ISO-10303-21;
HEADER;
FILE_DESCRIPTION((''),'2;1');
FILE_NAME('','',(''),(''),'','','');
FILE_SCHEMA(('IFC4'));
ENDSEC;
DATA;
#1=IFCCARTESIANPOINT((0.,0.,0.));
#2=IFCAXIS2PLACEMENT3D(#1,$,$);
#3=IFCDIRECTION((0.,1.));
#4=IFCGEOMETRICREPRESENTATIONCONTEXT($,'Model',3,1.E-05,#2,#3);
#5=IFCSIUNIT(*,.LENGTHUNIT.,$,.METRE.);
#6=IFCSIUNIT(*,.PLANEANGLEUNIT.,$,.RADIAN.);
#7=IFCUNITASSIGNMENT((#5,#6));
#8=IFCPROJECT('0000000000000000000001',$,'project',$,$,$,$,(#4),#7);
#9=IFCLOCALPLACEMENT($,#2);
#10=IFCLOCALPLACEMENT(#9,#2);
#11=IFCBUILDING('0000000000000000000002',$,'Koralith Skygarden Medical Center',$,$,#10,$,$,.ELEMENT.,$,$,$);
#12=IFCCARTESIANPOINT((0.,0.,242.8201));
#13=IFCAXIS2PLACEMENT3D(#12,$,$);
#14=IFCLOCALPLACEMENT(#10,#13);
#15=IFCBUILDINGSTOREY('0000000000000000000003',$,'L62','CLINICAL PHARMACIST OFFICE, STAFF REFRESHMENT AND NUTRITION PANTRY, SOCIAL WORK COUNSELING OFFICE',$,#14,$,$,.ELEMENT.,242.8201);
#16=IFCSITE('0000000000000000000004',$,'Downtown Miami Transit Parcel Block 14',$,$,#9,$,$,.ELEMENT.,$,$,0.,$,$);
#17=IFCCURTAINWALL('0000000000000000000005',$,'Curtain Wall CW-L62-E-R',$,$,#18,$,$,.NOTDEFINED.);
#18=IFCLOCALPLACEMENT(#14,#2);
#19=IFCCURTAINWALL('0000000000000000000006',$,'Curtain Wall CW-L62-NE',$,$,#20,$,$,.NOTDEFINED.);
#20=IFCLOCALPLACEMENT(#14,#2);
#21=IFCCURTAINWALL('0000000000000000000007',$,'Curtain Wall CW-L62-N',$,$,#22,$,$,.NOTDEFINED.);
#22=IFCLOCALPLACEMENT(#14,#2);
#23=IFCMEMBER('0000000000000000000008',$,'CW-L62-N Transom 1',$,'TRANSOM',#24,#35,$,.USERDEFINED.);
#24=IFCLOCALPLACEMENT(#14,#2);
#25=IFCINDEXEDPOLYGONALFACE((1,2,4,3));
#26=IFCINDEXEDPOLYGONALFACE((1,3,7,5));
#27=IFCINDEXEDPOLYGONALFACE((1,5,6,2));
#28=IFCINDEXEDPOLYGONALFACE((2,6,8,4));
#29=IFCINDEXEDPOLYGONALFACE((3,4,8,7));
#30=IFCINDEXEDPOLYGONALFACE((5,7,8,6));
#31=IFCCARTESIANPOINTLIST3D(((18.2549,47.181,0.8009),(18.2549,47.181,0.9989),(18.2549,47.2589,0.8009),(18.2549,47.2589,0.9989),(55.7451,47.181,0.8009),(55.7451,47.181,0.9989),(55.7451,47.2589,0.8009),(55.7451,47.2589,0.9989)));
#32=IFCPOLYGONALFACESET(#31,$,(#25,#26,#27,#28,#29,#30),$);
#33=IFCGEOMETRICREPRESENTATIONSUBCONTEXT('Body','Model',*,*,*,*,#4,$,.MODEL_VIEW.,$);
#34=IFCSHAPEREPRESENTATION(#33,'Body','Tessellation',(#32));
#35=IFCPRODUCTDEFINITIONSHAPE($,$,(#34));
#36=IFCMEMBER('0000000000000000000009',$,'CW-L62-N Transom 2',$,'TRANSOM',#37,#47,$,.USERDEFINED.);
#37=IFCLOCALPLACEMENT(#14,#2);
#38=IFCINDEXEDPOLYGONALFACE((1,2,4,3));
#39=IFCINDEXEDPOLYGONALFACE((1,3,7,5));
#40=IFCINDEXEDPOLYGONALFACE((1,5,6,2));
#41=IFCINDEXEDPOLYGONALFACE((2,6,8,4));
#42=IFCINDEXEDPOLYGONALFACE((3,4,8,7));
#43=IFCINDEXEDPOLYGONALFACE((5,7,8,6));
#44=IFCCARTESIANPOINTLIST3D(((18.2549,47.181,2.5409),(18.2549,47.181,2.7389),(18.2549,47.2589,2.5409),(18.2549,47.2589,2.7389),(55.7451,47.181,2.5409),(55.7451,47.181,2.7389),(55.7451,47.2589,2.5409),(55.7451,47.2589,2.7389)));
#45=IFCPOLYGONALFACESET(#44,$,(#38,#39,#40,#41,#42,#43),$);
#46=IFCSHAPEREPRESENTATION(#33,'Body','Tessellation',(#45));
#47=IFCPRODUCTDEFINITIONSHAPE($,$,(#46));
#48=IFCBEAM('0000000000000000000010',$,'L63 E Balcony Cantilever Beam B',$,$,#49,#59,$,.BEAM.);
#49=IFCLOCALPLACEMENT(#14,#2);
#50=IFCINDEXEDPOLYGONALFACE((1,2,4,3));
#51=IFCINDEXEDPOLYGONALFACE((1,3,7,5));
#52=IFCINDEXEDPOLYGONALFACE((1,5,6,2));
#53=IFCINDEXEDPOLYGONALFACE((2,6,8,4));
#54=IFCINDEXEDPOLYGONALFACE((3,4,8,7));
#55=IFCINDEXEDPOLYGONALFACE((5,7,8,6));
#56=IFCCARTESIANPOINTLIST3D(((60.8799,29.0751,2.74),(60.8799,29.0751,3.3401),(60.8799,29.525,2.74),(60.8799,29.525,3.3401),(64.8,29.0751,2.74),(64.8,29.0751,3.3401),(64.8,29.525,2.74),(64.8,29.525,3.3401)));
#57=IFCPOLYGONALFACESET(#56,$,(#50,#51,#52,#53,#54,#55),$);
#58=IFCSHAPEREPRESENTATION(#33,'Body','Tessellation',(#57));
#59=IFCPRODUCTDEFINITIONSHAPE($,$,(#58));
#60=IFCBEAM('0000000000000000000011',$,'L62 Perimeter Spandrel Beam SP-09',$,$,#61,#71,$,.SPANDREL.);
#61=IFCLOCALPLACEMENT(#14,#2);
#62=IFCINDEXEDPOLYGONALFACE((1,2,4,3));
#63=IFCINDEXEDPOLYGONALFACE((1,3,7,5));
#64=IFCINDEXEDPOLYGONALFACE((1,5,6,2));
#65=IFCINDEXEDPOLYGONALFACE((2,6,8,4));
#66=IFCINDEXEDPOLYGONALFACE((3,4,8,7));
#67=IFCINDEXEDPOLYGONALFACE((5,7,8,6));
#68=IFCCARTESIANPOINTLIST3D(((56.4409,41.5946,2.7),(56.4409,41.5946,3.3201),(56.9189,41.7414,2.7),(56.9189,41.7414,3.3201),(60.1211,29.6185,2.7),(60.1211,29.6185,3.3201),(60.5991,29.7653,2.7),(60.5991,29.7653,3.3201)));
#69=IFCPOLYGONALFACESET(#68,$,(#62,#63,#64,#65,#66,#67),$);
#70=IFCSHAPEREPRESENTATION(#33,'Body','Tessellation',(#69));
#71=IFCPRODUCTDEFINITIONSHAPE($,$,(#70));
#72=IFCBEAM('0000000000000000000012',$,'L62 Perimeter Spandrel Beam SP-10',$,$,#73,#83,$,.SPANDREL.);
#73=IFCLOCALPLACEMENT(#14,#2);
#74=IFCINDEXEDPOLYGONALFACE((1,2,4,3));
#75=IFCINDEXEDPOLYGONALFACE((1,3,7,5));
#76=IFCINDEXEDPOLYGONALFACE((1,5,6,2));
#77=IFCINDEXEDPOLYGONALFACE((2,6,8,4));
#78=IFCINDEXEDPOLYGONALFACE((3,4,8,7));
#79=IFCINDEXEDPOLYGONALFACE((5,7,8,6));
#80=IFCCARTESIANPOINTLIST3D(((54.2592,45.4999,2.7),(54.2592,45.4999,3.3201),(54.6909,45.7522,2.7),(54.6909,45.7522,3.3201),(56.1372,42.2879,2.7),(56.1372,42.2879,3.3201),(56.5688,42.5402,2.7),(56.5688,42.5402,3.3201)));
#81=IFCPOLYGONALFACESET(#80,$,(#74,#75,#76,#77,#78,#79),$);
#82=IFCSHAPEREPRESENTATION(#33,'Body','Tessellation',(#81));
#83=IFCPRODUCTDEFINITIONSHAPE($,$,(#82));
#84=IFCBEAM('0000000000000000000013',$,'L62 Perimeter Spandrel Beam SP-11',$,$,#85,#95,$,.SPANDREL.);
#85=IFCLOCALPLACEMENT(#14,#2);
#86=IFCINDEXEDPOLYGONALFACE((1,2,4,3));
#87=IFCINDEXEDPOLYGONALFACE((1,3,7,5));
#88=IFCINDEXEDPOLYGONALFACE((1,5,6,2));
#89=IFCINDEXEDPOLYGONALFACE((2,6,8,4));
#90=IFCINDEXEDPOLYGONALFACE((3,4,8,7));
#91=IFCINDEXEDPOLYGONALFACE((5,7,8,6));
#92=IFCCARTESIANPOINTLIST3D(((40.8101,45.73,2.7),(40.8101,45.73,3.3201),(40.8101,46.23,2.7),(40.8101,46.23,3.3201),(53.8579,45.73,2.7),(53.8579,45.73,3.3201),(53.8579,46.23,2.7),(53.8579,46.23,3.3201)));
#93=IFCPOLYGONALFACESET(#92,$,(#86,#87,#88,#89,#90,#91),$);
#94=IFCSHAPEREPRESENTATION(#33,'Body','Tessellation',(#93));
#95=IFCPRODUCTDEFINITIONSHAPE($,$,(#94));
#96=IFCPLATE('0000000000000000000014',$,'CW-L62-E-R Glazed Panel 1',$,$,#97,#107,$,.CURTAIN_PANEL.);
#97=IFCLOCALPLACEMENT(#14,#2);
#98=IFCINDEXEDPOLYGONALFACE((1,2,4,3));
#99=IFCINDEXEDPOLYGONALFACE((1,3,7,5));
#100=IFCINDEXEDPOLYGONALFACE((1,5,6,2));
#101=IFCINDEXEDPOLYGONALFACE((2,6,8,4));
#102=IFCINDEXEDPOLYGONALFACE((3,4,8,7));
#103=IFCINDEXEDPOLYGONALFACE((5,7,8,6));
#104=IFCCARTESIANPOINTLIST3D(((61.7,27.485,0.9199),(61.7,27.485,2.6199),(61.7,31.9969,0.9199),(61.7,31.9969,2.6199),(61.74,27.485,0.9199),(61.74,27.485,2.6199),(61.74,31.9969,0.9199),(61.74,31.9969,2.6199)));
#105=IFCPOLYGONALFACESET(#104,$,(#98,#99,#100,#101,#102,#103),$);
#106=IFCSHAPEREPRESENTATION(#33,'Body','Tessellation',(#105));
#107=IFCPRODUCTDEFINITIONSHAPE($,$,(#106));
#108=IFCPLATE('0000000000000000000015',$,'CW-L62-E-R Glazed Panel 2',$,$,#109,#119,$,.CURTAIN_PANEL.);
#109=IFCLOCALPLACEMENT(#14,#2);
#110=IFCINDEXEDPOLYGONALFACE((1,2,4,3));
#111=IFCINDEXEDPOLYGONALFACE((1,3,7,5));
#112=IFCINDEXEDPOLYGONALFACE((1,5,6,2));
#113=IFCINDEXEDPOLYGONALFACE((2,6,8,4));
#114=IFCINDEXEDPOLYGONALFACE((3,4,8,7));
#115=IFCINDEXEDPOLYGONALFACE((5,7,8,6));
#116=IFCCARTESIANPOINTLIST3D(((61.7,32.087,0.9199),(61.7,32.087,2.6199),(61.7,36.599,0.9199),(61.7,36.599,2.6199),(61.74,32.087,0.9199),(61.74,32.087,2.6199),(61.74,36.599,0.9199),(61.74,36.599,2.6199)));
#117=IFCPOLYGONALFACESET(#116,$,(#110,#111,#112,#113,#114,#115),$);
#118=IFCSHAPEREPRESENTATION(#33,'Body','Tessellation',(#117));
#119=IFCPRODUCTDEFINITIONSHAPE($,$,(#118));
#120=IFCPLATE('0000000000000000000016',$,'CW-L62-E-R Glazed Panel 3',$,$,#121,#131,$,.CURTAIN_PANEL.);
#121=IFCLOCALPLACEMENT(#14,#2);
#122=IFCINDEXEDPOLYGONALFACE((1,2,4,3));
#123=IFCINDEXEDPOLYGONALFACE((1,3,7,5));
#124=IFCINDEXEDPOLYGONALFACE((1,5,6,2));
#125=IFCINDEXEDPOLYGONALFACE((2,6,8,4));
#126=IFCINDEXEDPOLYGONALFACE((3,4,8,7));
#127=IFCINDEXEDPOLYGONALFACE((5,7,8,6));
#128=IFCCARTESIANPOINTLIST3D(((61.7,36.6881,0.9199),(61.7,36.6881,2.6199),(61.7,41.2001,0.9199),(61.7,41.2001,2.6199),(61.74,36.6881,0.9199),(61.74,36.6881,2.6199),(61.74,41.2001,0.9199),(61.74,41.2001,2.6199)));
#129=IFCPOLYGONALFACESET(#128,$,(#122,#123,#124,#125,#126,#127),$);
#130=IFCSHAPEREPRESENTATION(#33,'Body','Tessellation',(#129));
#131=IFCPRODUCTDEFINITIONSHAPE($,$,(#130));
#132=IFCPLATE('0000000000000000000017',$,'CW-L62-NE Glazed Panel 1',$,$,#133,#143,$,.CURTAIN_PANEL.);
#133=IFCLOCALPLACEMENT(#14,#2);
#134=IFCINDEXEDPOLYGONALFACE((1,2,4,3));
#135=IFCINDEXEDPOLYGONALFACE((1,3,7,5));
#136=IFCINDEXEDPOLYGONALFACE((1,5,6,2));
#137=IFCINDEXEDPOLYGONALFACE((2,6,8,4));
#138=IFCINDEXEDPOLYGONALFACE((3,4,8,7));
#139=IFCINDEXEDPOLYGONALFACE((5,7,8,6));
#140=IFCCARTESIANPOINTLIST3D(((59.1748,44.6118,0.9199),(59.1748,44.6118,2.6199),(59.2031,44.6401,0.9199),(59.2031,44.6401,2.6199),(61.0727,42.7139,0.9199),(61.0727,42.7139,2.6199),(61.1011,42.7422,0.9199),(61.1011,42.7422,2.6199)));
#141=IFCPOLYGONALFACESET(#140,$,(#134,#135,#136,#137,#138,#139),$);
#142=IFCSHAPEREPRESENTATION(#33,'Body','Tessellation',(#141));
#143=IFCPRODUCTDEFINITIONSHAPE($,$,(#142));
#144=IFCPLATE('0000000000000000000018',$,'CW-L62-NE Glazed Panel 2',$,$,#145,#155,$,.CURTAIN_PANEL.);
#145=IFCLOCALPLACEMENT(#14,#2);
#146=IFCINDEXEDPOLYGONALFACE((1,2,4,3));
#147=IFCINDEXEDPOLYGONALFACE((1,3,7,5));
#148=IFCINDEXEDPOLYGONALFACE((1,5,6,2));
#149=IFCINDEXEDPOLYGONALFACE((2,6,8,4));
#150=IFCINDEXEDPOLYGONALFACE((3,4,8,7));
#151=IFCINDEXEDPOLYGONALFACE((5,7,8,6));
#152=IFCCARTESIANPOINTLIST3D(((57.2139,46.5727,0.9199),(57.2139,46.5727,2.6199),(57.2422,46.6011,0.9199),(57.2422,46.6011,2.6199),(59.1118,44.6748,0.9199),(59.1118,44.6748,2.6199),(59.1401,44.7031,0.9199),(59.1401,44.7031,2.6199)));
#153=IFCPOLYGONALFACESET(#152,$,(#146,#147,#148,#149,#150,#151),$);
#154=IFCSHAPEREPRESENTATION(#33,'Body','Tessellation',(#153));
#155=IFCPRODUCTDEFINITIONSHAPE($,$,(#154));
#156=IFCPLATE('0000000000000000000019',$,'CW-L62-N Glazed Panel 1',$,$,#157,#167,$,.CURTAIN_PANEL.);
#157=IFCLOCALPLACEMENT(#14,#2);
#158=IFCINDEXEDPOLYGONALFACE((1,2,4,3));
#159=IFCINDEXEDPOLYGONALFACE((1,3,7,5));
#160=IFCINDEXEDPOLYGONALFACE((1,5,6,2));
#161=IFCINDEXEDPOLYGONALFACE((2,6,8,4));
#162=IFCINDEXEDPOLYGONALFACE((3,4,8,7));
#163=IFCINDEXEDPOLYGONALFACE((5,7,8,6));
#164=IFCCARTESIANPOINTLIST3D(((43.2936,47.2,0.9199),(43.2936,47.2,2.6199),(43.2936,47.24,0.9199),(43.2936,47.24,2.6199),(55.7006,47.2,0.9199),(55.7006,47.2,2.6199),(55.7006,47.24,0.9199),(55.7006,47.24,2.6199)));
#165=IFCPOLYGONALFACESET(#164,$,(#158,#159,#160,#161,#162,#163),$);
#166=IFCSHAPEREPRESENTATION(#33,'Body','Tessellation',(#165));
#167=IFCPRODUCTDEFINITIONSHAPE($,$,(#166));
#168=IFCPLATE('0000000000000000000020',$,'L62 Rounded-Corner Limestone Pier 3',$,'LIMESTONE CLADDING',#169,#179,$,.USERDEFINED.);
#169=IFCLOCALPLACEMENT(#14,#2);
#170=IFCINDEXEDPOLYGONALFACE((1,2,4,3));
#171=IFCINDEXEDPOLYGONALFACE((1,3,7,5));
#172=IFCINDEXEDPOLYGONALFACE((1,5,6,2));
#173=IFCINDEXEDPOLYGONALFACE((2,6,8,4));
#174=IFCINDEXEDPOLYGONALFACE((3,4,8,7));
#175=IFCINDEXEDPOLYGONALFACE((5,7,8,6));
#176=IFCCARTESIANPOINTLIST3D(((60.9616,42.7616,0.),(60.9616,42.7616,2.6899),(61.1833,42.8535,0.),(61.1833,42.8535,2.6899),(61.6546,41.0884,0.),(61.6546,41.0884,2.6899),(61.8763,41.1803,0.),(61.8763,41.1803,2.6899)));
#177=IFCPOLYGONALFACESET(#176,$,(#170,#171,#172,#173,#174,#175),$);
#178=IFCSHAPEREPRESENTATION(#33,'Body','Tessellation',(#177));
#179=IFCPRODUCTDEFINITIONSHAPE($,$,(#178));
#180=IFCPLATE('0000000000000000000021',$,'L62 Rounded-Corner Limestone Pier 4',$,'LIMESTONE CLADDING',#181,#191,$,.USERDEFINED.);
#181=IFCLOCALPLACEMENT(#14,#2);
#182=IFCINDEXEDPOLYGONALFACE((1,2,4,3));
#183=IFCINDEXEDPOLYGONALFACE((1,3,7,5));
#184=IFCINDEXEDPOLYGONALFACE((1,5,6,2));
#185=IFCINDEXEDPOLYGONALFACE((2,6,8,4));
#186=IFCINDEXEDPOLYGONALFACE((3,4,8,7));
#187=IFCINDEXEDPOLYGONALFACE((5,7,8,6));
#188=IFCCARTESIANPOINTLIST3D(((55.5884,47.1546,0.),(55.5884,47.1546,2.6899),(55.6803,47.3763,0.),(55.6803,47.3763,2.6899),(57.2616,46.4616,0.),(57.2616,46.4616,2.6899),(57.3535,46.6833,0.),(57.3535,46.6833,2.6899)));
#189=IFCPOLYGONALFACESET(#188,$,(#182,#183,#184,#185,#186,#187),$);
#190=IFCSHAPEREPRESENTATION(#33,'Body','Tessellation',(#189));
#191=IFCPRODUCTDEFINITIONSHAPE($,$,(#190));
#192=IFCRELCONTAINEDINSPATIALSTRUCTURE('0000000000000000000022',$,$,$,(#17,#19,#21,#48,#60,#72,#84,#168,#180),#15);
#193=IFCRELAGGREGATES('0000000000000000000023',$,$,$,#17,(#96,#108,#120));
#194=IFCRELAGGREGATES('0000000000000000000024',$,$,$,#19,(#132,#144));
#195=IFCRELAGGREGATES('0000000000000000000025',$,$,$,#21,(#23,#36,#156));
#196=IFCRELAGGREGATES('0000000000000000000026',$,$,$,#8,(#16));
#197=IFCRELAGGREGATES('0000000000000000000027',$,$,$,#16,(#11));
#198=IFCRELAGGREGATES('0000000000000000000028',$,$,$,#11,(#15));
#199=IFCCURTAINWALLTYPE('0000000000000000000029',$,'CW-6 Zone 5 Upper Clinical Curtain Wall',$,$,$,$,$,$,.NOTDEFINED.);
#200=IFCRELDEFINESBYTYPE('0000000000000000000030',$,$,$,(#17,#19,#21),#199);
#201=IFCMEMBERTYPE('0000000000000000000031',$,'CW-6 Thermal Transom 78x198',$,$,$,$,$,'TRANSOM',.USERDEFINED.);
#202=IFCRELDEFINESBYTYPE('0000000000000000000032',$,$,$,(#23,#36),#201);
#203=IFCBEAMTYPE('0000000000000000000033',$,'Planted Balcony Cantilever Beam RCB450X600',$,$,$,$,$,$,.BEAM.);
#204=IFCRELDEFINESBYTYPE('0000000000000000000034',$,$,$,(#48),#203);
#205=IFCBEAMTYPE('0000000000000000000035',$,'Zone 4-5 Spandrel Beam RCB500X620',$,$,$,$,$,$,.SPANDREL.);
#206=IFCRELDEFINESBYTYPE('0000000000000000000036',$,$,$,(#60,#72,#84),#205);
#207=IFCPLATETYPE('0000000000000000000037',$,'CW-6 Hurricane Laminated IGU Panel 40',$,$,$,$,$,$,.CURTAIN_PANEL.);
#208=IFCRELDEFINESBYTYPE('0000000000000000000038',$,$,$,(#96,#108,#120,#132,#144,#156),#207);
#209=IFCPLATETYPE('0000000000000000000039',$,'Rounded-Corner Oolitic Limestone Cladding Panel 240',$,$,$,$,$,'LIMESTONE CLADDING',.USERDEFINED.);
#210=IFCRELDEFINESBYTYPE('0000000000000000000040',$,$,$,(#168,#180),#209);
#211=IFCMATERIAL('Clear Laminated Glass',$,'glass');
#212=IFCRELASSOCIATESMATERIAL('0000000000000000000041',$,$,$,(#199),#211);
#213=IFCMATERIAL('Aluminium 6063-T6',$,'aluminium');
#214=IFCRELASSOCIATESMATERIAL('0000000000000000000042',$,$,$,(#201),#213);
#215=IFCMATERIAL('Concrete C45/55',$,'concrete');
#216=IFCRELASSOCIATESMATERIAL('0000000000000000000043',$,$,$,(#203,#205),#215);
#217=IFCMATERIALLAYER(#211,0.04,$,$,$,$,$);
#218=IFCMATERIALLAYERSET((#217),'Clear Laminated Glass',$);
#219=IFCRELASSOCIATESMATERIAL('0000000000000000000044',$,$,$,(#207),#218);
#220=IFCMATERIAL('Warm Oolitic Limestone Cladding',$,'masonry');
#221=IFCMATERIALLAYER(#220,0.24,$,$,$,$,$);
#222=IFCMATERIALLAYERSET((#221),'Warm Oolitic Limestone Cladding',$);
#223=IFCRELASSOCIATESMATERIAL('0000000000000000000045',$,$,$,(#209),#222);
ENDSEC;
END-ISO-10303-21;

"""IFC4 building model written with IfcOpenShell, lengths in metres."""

from ifc_helpers import new_model, si_unit, direction, frame, origin, origin_2d, place, context, subcontext, project, spatial, rectangle, extrude, material, layer, layer_set, material_profile, profile_set, type_object, element, aggregate, save


model = new_model("IFC4")

# Units and contexts
model_context = context("Model", 3, precision=1e-05, world=origin(), true_north=direction((0.0, 1.0)))
body_context = subcontext(model_context, "Body", "Model", "MODEL_VIEW")
ifc_project = project(units=[si_unit("LENGTHUNIT", "METRE"), si_unit("PLANEANGLEUNIT", "RADIAN")], contexts=[model_context])

# Site, building, storey
site_placement = place(None, origin())
site = spatial("IfcSite", under=ifc_project, at=site_placement, Name="Downtown Miami Transit Parcel Block 14", CompositionType="ELEMENT", RefElevation=0.0)
building_placement = place(site_placement, origin())
building = spatial("IfcBuilding", under=site, at=building_placement, Name="Koralith Skygarden Medical Center", CompositionType="ELEMENT")
storey_placement = place(building_placement, frame((0.0, 0.0, 242.8201)))
storey = spatial("IfcBuildingStorey", under=building, at=storey_placement, Name="L62", Description="CLINICAL PHARMACIST OFFICE, STAFF REFRESHMENT AND NUTRITION PANTRY, SOCIAL WORK COUNSELING OFFICE", CompositionType="ELEMENT", Elevation=242.8201)

# Curtain walls
ifc_material_1 = material(Name="Clear Laminated Glass", Category="glass")
curtain_wall_type = type_object("IfcCurtainWallType", Name="CW-6 Zone 5 Upper Clinical Curtain Wall", PredefinedType="NOTDEFINED", material=ifc_material_1)
curtain_wall_1_placement = place(storey_placement, origin())
curtain_wall_1 = element("IfcCurtainWall", 1, at=curtain_wall_1_placement, inside=storey, type_object=curtain_wall_type, Name="Curtain Wall CW-L62-E-R", PredefinedType="NOTDEFINED")
ifc_material_2 = material(Name="Aluminium 6063-T6", Category="aluminium")
curtain_wall_2_placement = place(storey_placement, origin())
curtain_wall_2 = element("IfcCurtainWall", 2, at=curtain_wall_2_placement, inside=storey, type_object=curtain_wall_type, Name="Curtain Wall CW-L62-NE", PredefinedType="NOTDEFINED")

# Curtain wall
curtain_wall_3_placement = place(storey_placement, origin())
curtain_wall_3 = element("IfcCurtainWall", 3, at=curtain_wall_3_placement, inside=storey, type_object=curtain_wall_type, Name="Curtain Wall CW-L62-N", PredefinedType="NOTDEFINED")

# Members
ifc_material_profile_1 = material_profile(ifc_material_2, rectangle(XDim=0.0779, YDim=0.198, at=origin_2d()), Name="TRN78X198")
ifc_profile_set_1 = profile_set([ifc_material_profile_1], Name="Aluminium 6063-T6")
member_type_1 = type_object("IfcMemberType", Name="CW-6 Thermal Transom 78x198", ElementType="TRANSOM", PredefinedType="USERDEFINED", material=ifc_profile_set_1)
member_1_placement = place(storey_placement, frame((55.7451, 47.22, 0.8999), z_axis=(-1.0, 0.0, 0.0), x_axis=(0.0, -1.0, 0.0)))
member_1 = element("IfcMember", 4, at=member_1_placement, type_object=member_type_1, Name="CW-L62-N Transom 1", ObjectType="TRANSOM", PredefinedType="USERDEFINED", context=body_context, shape_type="SweptSolid", body=[
    extrude(rectangle(XDim=0.0779, YDim=0.198, at=origin_2d()), origin(), (0.0, 0.0, 1.0), 37.4902),
])
member_2_placement = place(storey_placement, frame((55.7451, 47.22, 2.6399), z_axis=(-1.0, 0.0, 0.0), x_axis=(0.0, -1.0, 0.0)))
member_2 = element("IfcMember", 5, at=member_2_placement, type_object=member_type_1, Name="CW-L62-N Transom 2", ObjectType="TRANSOM", PredefinedType="USERDEFINED", context=body_context, shape_type="SweptSolid", body=[
    extrude(rectangle(XDim=0.0779, YDim=0.198, at=origin_2d()), origin(), (0.0, 0.0, 1.0), 37.4902),
])

# Beams
ifc_material_3 = material(Name="Concrete C45/55", Category="concrete")
ifc_material_profile_2 = material_profile(ifc_material_3, rectangle(XDim=0.45, YDim=0.6001, at=origin_2d()), Name="RCB450X600")
ifc_profile_set_2 = profile_set([ifc_material_profile_2], Name="Concrete C45/55")
beam_type_1 = type_object("IfcBeamType", Name="Planted Balcony Cantilever Beam RCB450X600", PredefinedType="BEAM", material=ifc_profile_set_2)
beam_1_placement = place(storey_placement, frame((60.8799, 29.3, 3.04), z_axis=(1.0, 0.0, 0.0), x_axis=(0.0, 1.0, 0.0)))
element("IfcBeam", 6, at=beam_1_placement, inside=storey, type_object=beam_type_1, Name="L63 E Balcony Cantilever Beam B", PredefinedType="BEAM", context=body_context, shape_type="SweptSolid", body=[
    extrude(rectangle(XDim=0.45, YDim=0.6001, at=origin_2d()), origin(), (0.0, 0.0, 1.0), 3.9202),
])
ifc_material_profile_3 = material_profile(ifc_material_3, rectangle(XDim=0.5, YDim=0.6201, at=origin_2d()), Name="RCB500X620")
ifc_profile_set_3 = profile_set([ifc_material_profile_3], Name="Concrete C45/55")
beam_type_2 = type_object("IfcBeamType", Name="Zone 4-5 Spandrel Beam RCB500X620", PredefinedType="SPANDREL", material=ifc_profile_set_3)
beam_2_placement = place(storey_placement, frame((60.3601, 29.6919, 3.01), z_axis=(-0.293738, 0.955886, 0.0), x_axis=(-0.955886, -0.293738, 0.0)))
element("IfcBeam", 7, at=beam_2_placement, inside=storey, type_object=beam_type_2, Name="L62 Perimeter Spandrel Beam SP-09", PredefinedType="SPANDREL", context=body_context, shape_type="SweptSolid", body=[
    extrude(rectangle(XDim=0.5, YDim=0.6201, at=origin_2d()), origin(), (0.0, 0.0, 1.0), 12.5288),
])
beam_3_placement = place(storey_placement, frame((56.353, 42.4141, 3.01), z_axis=(-0.504736, 0.863274, 0.0), x_axis=(-0.863274, -0.504736, 0.0)))
element("IfcBeam", 8, at=beam_3_placement, inside=storey, type_object=beam_type_2, Name="L62 Perimeter Spandrel Beam SP-10", PredefinedType="SPANDREL", context=body_context, shape_type="SweptSolid", body=[
    extrude(rectangle(XDim=0.5, YDim=0.6201, at=origin_2d()), origin(), (0.0, 0.0, 1.0), 3.7207),
])
beam_4_placement = place(storey_placement, frame((53.8579, 45.98, 3.01), z_axis=(-1.0, 0.0, 0.0), x_axis=(0.0, -1.0, 0.0)))
element("IfcBeam", 9, at=beam_4_placement, inside=storey, type_object=beam_type_2, Name="L62 Perimeter Spandrel Beam SP-11", PredefinedType="SPANDREL", context=body_context, shape_type="SweptSolid", body=[
    extrude(rectangle(XDim=0.5, YDim=0.6201, at=origin_2d()), origin(), (0.0, 0.0, 1.0), 13.0479),
])

# Plates
ifc_layer_1 = layer(ifc_material_1, 0.04)
ifc_layer_set_1 = layer_set([ifc_layer_1], Name="Clear Laminated Glass")
plate_type_1 = type_object("IfcPlateType", Name="CW-6 Hurricane Laminated IGU Panel 40", PredefinedType="CURTAIN_PANEL", material=ifc_layer_set_1)
plate_1_placement = place(storey_placement, frame((61.72, 29.741, 0.9199), z_axis=(0.0, 0.0, 1.0), x_axis=(0.0, 1.0, 0.0)))
plate_1 = element("IfcPlate", 10, at=plate_1_placement, type_object=plate_type_1, Name="CW-L62-E-R Glazed Panel 1", PredefinedType="CURTAIN_PANEL", context=body_context, shape_type="SweptSolid", body=[
    extrude(rectangle(XDim=4.512, YDim=0.04, at=origin_2d()), origin(), (0.0, 0.0, 1.0), 1.7),
])
plate_2_placement = place(storey_placement, frame((61.72, 34.343, 0.9199), z_axis=(0.0, 0.0, 1.0), x_axis=(0.0, 1.0, 0.0)))
plate_2 = element("IfcPlate", 11, at=plate_2_placement, type_object=plate_type_1, Name="CW-L62-E-R Glazed Panel 2", PredefinedType="CURTAIN_PANEL", context=body_context, shape_type="SweptSolid", body=[
    extrude(rectangle(XDim=4.512, YDim=0.04, at=origin_2d()), origin(), (0.0, 0.0, 1.0), 1.7),
])
plate_3_placement = place(storey_placement, frame((61.72, 38.9441, 0.9199), z_axis=(0.0, 0.0, 1.0), x_axis=(0.0, 1.0, 0.0)))
plate_3 = element("IfcPlate", 12, at=plate_3_placement, type_object=plate_type_1, Name="CW-L62-E-R Glazed Panel 3", PredefinedType="CURTAIN_PANEL", context=body_context, shape_type="SweptSolid", body=[
    extrude(rectangle(XDim=4.512, YDim=0.04, at=origin_2d()), origin(), (0.0, 0.0, 1.0), 1.7),
])
aggregate(curtain_wall_1, [plate_1, plate_2, plate_3])
plate_4_placement = place(storey_placement, frame((60.1379, 43.677, 0.9199), z_axis=(0.0, 0.0, 1.0), x_axis=(-0.707107, 0.707107, 0.0)))
plate_4 = element("IfcPlate", 13, at=plate_4_placement, type_object=plate_type_1, Name="CW-L62-NE Glazed Panel 1", PredefinedType="CURTAIN_PANEL", context=body_context, shape_type="SweptSolid", body=[
    extrude(rectangle(XDim=2.6841, YDim=0.04, at=origin_2d()), origin(), (0.0, 0.0, 1.0), 1.7),
])
plate_5_placement = place(storey_placement, frame((58.177, 45.6379, 0.9199), z_axis=(0.0, 0.0, 1.0), x_axis=(-0.707107, 0.707107, 0.0)))
plate_5 = element("IfcPlate", 14, at=plate_5_placement, type_object=plate_type_1, Name="CW-L62-NE Glazed Panel 2", PredefinedType="CURTAIN_PANEL", context=body_context, shape_type="SweptSolid", body=[
    extrude(rectangle(XDim=2.6841, YDim=0.04, at=origin_2d()), origin(), (0.0, 0.0, 1.0), 1.7),
])
aggregate(curtain_wall_2, [plate_4, plate_5])
plate_6_placement = place(storey_placement, frame((49.4971, 47.22, 0.9199), z_axis=(0.0, 0.0, 1.0), x_axis=(-1.0, 0.0, 0.0)))
plate_6 = element("IfcPlate", 15, at=plate_6_placement, type_object=plate_type_1, Name="CW-L62-N Glazed Panel 1", PredefinedType="CURTAIN_PANEL", context=body_context, shape_type="SweptSolid", body=[
    extrude(rectangle(XDim=12.407, YDim=0.04, at=origin_2d()), origin(), (0.0, 0.0, 1.0), 1.7),
])
aggregate(curtain_wall_3, [member_1, member_2, plate_6])

# Plates
ifc_material_4 = material(Name="Warm Oolitic Limestone Cladding", Category="masonry")
ifc_layer_2 = layer(ifc_material_4, 0.24)
ifc_layer_set_2 = layer_set([ifc_layer_2], Name="Warm Oolitic Limestone Cladding")
plate_type_2 = type_object("IfcPlateType", Name="Rounded-Corner Oolitic Limestone Cladding Panel 240", ElementType="LIMESTONE CLADDING", PredefinedType="USERDEFINED", material=ifc_layer_set_2)
for number, where, z_axis, x_axis, name in (
    (16, (61.4189, 41.9709, 0.0), (0.0, 0.0, 1.0), (-0.382671, 0.923885, 0.0), "L62 Rounded-Corner Limestone Pier 3"),
    (17, (56.4709, 46.9189, 0.0), (0.0, 0.0, 1.0), (-0.923885, 0.382671, 0.0), "L62 Rounded-Corner Limestone Pier 4"),
):
    element("IfcPlate", number, at=place(storey_placement, frame(where, z_axis=z_axis, x_axis=x_axis)), inside=storey, type_object=plate_type_2, Name=name, ObjectType="LIMESTONE CLADDING", PredefinedType="USERDEFINED", context=body_context, shape_type="SweptSolid", body=[
        extrude(rectangle(XDim=1.811, YDim=0.24, at=origin_2d()), origin(), (0.0, 0.0, 1.0), 2.6899),
    ])

save(model, "model.ifc")
